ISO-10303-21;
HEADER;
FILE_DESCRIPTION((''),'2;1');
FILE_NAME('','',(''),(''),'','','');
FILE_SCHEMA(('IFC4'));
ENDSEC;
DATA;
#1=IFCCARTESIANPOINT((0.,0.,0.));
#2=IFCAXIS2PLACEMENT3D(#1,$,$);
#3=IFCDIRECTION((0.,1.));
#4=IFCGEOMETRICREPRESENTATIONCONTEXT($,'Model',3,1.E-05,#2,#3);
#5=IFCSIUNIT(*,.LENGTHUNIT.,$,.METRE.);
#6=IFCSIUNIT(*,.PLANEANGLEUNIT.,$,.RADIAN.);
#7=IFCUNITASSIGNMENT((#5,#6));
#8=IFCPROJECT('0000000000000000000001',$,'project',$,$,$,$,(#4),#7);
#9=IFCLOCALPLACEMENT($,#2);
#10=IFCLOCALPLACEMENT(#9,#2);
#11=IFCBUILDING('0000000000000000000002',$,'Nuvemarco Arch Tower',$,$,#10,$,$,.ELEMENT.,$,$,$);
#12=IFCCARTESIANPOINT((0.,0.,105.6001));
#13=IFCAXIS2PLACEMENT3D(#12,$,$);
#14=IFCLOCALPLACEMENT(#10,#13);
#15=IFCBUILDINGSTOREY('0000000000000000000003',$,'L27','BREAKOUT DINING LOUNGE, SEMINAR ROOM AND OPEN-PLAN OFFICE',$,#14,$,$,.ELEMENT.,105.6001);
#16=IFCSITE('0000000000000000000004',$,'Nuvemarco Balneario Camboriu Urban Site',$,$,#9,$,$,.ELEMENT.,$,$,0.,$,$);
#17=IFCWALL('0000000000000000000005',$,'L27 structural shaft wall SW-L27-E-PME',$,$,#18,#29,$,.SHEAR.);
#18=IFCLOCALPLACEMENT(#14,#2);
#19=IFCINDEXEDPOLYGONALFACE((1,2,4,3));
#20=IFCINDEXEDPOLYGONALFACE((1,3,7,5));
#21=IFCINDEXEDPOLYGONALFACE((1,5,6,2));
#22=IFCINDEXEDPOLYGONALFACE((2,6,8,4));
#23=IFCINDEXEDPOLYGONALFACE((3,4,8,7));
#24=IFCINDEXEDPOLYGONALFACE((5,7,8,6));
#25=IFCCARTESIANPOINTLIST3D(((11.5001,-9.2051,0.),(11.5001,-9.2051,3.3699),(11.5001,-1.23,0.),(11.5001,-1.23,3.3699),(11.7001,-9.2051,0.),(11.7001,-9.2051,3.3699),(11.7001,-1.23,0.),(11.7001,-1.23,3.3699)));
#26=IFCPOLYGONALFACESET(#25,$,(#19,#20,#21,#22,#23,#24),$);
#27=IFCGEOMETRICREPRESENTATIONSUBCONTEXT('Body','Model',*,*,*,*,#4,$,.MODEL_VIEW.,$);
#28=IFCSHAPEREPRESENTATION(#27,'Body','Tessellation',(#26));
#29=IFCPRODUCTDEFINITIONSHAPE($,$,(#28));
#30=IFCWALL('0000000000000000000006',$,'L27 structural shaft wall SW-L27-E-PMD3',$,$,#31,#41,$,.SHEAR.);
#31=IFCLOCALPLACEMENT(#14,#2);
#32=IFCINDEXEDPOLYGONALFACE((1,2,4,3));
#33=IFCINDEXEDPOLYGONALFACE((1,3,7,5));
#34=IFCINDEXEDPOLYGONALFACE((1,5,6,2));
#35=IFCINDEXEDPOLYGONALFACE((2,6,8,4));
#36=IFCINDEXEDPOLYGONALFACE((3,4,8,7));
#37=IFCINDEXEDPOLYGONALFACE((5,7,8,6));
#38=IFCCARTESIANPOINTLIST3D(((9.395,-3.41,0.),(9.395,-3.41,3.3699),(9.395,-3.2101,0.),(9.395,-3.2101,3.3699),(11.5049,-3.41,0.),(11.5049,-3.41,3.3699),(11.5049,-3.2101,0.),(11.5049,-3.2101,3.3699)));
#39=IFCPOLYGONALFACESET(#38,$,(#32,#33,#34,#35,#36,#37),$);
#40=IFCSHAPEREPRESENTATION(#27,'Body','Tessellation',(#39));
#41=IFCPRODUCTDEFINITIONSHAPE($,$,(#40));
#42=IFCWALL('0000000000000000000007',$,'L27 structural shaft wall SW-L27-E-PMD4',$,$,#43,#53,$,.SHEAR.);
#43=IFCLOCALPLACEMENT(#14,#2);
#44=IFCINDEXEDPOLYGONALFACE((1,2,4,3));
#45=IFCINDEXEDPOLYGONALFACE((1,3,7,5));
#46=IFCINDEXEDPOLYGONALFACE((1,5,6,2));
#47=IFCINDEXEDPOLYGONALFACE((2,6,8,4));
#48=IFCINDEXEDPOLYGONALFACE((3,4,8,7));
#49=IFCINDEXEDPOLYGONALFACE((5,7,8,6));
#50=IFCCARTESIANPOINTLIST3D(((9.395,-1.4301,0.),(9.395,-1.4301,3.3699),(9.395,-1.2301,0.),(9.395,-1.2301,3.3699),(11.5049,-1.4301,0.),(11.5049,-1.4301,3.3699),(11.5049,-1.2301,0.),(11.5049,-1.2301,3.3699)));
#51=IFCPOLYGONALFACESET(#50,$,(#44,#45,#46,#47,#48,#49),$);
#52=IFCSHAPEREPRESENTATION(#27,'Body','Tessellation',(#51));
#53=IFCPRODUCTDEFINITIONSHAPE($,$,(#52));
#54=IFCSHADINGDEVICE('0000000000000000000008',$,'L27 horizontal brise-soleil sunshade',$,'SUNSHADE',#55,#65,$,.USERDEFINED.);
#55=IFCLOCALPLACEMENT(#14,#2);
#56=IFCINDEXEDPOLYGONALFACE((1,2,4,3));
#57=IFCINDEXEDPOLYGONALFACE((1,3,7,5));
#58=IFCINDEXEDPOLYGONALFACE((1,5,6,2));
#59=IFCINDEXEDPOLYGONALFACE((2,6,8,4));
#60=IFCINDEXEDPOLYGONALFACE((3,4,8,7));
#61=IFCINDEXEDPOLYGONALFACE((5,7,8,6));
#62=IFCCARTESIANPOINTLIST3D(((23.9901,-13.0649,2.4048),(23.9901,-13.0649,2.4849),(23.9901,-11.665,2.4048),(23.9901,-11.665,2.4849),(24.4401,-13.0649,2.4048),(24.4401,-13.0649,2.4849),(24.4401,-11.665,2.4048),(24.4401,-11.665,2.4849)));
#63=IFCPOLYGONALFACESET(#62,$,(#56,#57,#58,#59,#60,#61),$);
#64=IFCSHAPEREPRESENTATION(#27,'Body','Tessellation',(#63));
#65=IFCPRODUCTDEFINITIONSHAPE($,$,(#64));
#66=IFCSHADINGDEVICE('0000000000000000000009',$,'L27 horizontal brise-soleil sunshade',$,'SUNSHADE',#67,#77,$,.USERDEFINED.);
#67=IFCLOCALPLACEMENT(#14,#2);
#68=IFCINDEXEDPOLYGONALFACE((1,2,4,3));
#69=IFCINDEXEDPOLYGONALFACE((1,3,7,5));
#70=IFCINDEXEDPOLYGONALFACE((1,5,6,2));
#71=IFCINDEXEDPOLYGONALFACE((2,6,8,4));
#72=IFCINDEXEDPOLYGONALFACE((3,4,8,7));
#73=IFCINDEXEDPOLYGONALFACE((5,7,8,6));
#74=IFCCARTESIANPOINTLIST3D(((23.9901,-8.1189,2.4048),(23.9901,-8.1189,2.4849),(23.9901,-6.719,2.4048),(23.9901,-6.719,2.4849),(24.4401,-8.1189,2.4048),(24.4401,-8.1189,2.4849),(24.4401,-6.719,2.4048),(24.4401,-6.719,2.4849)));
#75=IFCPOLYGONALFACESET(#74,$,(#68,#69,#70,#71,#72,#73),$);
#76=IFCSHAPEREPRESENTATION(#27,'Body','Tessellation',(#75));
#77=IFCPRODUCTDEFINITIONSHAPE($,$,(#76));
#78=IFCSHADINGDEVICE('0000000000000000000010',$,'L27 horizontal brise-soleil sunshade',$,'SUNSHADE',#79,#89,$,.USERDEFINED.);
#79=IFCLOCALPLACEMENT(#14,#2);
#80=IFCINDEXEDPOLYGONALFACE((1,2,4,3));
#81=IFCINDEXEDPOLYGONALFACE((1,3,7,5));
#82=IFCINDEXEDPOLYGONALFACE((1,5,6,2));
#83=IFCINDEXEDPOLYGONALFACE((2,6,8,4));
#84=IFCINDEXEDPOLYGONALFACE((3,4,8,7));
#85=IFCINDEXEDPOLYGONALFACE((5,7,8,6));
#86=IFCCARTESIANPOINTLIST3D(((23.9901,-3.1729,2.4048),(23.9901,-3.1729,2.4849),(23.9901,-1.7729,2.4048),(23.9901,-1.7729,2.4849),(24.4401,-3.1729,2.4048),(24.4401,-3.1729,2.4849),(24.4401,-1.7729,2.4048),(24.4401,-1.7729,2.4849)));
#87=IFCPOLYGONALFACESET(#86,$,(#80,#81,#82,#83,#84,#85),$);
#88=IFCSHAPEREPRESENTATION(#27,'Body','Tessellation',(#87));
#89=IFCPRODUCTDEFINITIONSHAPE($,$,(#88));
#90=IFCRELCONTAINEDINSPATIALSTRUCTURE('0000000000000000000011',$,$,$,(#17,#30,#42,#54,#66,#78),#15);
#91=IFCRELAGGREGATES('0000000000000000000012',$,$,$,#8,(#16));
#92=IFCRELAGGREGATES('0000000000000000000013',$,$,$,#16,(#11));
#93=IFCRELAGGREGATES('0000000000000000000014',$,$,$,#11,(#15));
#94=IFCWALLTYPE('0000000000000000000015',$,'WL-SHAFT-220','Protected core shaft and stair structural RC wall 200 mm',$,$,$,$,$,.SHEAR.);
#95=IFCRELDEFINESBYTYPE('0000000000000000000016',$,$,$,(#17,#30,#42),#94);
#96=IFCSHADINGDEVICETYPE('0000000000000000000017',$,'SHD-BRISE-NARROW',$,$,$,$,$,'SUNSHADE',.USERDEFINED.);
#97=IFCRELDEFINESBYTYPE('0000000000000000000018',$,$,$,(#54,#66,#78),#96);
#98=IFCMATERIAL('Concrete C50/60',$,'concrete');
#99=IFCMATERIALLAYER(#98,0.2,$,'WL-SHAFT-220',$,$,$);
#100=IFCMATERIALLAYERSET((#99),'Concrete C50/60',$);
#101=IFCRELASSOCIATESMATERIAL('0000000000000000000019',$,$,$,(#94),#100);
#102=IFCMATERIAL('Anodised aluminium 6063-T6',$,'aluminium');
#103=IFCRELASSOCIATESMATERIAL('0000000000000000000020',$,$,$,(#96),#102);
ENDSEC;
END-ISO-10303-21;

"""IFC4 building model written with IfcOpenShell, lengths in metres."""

from ifc_helpers import new_model, si_unit, direction, frame, frame_2d, origin, origin_2d, place, context, subcontext, project, spatial, rectangle, extrude, source, transform, mapped, material, layer, layer_set, type_object, type_shapes, element, save


model = new_model("IFC4")

# Units and contexts
model_context = context("Model", 3, precision=1e-05, world=origin(), true_north=direction((0.0, 1.0)))
body_context = subcontext(model_context, "Body", "Model", "MODEL_VIEW")
ifc_project = project(units=[si_unit("LENGTHUNIT", "METRE"), si_unit("PLANEANGLEUNIT", "RADIAN")], contexts=[model_context])

# Site, building, storey
site_placement = place(None, origin())
site = spatial("IfcSite", under=ifc_project, at=site_placement, Name="Nuvemarco Balneario Camboriu Urban Site", CompositionType="ELEMENT", RefElevation=0.0)
building_placement = place(site_placement, origin())
building = spatial("IfcBuilding", under=site, at=building_placement, Name="Nuvemarco Arch Tower", CompositionType="ELEMENT")
storey_placement = place(building_placement, frame((0.0, 0.0, 105.6001)))
storey = spatial("IfcBuildingStorey", under=building, at=storey_placement, Name="L27", Description="BREAKOUT DINING LOUNGE, SEMINAR ROOM AND OPEN-PLAN OFFICE", CompositionType="ELEMENT", Elevation=105.6001)

# Shared definitions
ifc_material_1 = material(Name="Concrete C50/60", Category="concrete")
ifc_layer_1 = layer(ifc_material_1, 0.2, Name="WL-SHAFT-220")
ifc_layer_set_1 = layer_set([ifc_layer_1], Name="Concrete C50/60")
wall_type_1 = type_object("IfcWallType", Name="WL-SHAFT-220", Description="Protected core shaft and stair structural RC wall 200 mm", PredefinedType="SHEAR", material=ifc_layer_set_1)

# Wall
wall_1_placement = place(storey_placement, frame((11.6001, -9.2051, 0.0), z_axis=(0.0, 0.0, 1.0), x_axis=(0.0, 1.0, 0.0)))
element("IfcWall", 1, at=wall_1_placement, inside=storey, type_object=wall_type_1, Name="L27 structural shaft wall SW-L27-E-PME", PredefinedType="SHEAR", context=body_context, shape_type="SweptSolid", body=[
    extrude(rectangle(XDim=7.9751, YDim=0.2, at=frame_2d((3.9875, 0.0))), origin(), (0.0, 0.0, 1.0), 3.3699),
])

# Walls
for number, where, z_axis, x_axis, name in (
    (2, (9.395, -3.3101, 0.0), (0.0, 0.0, 1.0), (1.0, 0.0, 0.0), "L27 structural shaft wall SW-L27-E-PMD3"),
    (3, (9.395, -1.3301, 0.0), (0.0, 0.0, 1.0), (1.0, 0.0, 0.0), "L27 structural shaft wall SW-L27-E-PMD4"),
):
    element("IfcWall", number, at=place(storey_placement, frame(where, z_axis=z_axis, x_axis=x_axis)), inside=storey, type_object=wall_type_1, Name=name, PredefinedType="SHEAR", context=body_context, shape_type="SweptSolid", body=[
        extrude(rectangle(XDim=2.1099, YDim=0.2, at=frame_2d((1.0549, 0.0))), origin(), (0.0, 0.0, 1.0), 3.3699),
    ])

# Shading devices
ifc_material_2 = material(Name="Anodised aluminium 6063-T6", Category="aluminium")
shading_device_type = type_object("IfcShadingDeviceType", Name="SHD-BRISE-NARROW", ElementType="SUNSHADE", PredefinedType="USERDEFINED", material=ifc_material_2)
shared_shape_1 = source(origin(), body_context, "Body", "SweptSolid", [
    extrude(rectangle(XDim=1.3999, YDim=0.45, at=origin_2d()), origin(), (0.0, 0.0, 1.0), 0.0801),
])
type_shapes(shading_device_type, [shared_shape_1])
for number, where, z_axis, x_axis, name in (
    (4, (24.2151, -12.365, 2.4048), (0.0, 0.0, 1.0), (0.0, 1.0, 0.0), "L27 horizontal brise-soleil sunshade"),
    (5, (24.2151, -7.4189, 2.4048), (0.0, 0.0, 1.0), (0.0, 1.0, 0.0), "L27 horizontal brise-soleil sunshade"),
    (6, (24.2151, -2.4729, 2.4048), (0.0, 0.0, 1.0), (0.0, 1.0, 0.0), "L27 horizontal brise-soleil sunshade"),
):
    element("IfcShadingDevice", number, at=place(storey_placement, frame(where, z_axis=z_axis, x_axis=x_axis)), inside=storey, type_object=shading_device_type, Name=name, ObjectType="SUNSHADE", PredefinedType="USERDEFINED", context=body_context, shape_type="MappedRepresentation", body=[
        mapped(shared_shape_1, transform((0.0, 0.0, 0.0), scale=1.0)),
    ])

save(model, "model.ifc")
